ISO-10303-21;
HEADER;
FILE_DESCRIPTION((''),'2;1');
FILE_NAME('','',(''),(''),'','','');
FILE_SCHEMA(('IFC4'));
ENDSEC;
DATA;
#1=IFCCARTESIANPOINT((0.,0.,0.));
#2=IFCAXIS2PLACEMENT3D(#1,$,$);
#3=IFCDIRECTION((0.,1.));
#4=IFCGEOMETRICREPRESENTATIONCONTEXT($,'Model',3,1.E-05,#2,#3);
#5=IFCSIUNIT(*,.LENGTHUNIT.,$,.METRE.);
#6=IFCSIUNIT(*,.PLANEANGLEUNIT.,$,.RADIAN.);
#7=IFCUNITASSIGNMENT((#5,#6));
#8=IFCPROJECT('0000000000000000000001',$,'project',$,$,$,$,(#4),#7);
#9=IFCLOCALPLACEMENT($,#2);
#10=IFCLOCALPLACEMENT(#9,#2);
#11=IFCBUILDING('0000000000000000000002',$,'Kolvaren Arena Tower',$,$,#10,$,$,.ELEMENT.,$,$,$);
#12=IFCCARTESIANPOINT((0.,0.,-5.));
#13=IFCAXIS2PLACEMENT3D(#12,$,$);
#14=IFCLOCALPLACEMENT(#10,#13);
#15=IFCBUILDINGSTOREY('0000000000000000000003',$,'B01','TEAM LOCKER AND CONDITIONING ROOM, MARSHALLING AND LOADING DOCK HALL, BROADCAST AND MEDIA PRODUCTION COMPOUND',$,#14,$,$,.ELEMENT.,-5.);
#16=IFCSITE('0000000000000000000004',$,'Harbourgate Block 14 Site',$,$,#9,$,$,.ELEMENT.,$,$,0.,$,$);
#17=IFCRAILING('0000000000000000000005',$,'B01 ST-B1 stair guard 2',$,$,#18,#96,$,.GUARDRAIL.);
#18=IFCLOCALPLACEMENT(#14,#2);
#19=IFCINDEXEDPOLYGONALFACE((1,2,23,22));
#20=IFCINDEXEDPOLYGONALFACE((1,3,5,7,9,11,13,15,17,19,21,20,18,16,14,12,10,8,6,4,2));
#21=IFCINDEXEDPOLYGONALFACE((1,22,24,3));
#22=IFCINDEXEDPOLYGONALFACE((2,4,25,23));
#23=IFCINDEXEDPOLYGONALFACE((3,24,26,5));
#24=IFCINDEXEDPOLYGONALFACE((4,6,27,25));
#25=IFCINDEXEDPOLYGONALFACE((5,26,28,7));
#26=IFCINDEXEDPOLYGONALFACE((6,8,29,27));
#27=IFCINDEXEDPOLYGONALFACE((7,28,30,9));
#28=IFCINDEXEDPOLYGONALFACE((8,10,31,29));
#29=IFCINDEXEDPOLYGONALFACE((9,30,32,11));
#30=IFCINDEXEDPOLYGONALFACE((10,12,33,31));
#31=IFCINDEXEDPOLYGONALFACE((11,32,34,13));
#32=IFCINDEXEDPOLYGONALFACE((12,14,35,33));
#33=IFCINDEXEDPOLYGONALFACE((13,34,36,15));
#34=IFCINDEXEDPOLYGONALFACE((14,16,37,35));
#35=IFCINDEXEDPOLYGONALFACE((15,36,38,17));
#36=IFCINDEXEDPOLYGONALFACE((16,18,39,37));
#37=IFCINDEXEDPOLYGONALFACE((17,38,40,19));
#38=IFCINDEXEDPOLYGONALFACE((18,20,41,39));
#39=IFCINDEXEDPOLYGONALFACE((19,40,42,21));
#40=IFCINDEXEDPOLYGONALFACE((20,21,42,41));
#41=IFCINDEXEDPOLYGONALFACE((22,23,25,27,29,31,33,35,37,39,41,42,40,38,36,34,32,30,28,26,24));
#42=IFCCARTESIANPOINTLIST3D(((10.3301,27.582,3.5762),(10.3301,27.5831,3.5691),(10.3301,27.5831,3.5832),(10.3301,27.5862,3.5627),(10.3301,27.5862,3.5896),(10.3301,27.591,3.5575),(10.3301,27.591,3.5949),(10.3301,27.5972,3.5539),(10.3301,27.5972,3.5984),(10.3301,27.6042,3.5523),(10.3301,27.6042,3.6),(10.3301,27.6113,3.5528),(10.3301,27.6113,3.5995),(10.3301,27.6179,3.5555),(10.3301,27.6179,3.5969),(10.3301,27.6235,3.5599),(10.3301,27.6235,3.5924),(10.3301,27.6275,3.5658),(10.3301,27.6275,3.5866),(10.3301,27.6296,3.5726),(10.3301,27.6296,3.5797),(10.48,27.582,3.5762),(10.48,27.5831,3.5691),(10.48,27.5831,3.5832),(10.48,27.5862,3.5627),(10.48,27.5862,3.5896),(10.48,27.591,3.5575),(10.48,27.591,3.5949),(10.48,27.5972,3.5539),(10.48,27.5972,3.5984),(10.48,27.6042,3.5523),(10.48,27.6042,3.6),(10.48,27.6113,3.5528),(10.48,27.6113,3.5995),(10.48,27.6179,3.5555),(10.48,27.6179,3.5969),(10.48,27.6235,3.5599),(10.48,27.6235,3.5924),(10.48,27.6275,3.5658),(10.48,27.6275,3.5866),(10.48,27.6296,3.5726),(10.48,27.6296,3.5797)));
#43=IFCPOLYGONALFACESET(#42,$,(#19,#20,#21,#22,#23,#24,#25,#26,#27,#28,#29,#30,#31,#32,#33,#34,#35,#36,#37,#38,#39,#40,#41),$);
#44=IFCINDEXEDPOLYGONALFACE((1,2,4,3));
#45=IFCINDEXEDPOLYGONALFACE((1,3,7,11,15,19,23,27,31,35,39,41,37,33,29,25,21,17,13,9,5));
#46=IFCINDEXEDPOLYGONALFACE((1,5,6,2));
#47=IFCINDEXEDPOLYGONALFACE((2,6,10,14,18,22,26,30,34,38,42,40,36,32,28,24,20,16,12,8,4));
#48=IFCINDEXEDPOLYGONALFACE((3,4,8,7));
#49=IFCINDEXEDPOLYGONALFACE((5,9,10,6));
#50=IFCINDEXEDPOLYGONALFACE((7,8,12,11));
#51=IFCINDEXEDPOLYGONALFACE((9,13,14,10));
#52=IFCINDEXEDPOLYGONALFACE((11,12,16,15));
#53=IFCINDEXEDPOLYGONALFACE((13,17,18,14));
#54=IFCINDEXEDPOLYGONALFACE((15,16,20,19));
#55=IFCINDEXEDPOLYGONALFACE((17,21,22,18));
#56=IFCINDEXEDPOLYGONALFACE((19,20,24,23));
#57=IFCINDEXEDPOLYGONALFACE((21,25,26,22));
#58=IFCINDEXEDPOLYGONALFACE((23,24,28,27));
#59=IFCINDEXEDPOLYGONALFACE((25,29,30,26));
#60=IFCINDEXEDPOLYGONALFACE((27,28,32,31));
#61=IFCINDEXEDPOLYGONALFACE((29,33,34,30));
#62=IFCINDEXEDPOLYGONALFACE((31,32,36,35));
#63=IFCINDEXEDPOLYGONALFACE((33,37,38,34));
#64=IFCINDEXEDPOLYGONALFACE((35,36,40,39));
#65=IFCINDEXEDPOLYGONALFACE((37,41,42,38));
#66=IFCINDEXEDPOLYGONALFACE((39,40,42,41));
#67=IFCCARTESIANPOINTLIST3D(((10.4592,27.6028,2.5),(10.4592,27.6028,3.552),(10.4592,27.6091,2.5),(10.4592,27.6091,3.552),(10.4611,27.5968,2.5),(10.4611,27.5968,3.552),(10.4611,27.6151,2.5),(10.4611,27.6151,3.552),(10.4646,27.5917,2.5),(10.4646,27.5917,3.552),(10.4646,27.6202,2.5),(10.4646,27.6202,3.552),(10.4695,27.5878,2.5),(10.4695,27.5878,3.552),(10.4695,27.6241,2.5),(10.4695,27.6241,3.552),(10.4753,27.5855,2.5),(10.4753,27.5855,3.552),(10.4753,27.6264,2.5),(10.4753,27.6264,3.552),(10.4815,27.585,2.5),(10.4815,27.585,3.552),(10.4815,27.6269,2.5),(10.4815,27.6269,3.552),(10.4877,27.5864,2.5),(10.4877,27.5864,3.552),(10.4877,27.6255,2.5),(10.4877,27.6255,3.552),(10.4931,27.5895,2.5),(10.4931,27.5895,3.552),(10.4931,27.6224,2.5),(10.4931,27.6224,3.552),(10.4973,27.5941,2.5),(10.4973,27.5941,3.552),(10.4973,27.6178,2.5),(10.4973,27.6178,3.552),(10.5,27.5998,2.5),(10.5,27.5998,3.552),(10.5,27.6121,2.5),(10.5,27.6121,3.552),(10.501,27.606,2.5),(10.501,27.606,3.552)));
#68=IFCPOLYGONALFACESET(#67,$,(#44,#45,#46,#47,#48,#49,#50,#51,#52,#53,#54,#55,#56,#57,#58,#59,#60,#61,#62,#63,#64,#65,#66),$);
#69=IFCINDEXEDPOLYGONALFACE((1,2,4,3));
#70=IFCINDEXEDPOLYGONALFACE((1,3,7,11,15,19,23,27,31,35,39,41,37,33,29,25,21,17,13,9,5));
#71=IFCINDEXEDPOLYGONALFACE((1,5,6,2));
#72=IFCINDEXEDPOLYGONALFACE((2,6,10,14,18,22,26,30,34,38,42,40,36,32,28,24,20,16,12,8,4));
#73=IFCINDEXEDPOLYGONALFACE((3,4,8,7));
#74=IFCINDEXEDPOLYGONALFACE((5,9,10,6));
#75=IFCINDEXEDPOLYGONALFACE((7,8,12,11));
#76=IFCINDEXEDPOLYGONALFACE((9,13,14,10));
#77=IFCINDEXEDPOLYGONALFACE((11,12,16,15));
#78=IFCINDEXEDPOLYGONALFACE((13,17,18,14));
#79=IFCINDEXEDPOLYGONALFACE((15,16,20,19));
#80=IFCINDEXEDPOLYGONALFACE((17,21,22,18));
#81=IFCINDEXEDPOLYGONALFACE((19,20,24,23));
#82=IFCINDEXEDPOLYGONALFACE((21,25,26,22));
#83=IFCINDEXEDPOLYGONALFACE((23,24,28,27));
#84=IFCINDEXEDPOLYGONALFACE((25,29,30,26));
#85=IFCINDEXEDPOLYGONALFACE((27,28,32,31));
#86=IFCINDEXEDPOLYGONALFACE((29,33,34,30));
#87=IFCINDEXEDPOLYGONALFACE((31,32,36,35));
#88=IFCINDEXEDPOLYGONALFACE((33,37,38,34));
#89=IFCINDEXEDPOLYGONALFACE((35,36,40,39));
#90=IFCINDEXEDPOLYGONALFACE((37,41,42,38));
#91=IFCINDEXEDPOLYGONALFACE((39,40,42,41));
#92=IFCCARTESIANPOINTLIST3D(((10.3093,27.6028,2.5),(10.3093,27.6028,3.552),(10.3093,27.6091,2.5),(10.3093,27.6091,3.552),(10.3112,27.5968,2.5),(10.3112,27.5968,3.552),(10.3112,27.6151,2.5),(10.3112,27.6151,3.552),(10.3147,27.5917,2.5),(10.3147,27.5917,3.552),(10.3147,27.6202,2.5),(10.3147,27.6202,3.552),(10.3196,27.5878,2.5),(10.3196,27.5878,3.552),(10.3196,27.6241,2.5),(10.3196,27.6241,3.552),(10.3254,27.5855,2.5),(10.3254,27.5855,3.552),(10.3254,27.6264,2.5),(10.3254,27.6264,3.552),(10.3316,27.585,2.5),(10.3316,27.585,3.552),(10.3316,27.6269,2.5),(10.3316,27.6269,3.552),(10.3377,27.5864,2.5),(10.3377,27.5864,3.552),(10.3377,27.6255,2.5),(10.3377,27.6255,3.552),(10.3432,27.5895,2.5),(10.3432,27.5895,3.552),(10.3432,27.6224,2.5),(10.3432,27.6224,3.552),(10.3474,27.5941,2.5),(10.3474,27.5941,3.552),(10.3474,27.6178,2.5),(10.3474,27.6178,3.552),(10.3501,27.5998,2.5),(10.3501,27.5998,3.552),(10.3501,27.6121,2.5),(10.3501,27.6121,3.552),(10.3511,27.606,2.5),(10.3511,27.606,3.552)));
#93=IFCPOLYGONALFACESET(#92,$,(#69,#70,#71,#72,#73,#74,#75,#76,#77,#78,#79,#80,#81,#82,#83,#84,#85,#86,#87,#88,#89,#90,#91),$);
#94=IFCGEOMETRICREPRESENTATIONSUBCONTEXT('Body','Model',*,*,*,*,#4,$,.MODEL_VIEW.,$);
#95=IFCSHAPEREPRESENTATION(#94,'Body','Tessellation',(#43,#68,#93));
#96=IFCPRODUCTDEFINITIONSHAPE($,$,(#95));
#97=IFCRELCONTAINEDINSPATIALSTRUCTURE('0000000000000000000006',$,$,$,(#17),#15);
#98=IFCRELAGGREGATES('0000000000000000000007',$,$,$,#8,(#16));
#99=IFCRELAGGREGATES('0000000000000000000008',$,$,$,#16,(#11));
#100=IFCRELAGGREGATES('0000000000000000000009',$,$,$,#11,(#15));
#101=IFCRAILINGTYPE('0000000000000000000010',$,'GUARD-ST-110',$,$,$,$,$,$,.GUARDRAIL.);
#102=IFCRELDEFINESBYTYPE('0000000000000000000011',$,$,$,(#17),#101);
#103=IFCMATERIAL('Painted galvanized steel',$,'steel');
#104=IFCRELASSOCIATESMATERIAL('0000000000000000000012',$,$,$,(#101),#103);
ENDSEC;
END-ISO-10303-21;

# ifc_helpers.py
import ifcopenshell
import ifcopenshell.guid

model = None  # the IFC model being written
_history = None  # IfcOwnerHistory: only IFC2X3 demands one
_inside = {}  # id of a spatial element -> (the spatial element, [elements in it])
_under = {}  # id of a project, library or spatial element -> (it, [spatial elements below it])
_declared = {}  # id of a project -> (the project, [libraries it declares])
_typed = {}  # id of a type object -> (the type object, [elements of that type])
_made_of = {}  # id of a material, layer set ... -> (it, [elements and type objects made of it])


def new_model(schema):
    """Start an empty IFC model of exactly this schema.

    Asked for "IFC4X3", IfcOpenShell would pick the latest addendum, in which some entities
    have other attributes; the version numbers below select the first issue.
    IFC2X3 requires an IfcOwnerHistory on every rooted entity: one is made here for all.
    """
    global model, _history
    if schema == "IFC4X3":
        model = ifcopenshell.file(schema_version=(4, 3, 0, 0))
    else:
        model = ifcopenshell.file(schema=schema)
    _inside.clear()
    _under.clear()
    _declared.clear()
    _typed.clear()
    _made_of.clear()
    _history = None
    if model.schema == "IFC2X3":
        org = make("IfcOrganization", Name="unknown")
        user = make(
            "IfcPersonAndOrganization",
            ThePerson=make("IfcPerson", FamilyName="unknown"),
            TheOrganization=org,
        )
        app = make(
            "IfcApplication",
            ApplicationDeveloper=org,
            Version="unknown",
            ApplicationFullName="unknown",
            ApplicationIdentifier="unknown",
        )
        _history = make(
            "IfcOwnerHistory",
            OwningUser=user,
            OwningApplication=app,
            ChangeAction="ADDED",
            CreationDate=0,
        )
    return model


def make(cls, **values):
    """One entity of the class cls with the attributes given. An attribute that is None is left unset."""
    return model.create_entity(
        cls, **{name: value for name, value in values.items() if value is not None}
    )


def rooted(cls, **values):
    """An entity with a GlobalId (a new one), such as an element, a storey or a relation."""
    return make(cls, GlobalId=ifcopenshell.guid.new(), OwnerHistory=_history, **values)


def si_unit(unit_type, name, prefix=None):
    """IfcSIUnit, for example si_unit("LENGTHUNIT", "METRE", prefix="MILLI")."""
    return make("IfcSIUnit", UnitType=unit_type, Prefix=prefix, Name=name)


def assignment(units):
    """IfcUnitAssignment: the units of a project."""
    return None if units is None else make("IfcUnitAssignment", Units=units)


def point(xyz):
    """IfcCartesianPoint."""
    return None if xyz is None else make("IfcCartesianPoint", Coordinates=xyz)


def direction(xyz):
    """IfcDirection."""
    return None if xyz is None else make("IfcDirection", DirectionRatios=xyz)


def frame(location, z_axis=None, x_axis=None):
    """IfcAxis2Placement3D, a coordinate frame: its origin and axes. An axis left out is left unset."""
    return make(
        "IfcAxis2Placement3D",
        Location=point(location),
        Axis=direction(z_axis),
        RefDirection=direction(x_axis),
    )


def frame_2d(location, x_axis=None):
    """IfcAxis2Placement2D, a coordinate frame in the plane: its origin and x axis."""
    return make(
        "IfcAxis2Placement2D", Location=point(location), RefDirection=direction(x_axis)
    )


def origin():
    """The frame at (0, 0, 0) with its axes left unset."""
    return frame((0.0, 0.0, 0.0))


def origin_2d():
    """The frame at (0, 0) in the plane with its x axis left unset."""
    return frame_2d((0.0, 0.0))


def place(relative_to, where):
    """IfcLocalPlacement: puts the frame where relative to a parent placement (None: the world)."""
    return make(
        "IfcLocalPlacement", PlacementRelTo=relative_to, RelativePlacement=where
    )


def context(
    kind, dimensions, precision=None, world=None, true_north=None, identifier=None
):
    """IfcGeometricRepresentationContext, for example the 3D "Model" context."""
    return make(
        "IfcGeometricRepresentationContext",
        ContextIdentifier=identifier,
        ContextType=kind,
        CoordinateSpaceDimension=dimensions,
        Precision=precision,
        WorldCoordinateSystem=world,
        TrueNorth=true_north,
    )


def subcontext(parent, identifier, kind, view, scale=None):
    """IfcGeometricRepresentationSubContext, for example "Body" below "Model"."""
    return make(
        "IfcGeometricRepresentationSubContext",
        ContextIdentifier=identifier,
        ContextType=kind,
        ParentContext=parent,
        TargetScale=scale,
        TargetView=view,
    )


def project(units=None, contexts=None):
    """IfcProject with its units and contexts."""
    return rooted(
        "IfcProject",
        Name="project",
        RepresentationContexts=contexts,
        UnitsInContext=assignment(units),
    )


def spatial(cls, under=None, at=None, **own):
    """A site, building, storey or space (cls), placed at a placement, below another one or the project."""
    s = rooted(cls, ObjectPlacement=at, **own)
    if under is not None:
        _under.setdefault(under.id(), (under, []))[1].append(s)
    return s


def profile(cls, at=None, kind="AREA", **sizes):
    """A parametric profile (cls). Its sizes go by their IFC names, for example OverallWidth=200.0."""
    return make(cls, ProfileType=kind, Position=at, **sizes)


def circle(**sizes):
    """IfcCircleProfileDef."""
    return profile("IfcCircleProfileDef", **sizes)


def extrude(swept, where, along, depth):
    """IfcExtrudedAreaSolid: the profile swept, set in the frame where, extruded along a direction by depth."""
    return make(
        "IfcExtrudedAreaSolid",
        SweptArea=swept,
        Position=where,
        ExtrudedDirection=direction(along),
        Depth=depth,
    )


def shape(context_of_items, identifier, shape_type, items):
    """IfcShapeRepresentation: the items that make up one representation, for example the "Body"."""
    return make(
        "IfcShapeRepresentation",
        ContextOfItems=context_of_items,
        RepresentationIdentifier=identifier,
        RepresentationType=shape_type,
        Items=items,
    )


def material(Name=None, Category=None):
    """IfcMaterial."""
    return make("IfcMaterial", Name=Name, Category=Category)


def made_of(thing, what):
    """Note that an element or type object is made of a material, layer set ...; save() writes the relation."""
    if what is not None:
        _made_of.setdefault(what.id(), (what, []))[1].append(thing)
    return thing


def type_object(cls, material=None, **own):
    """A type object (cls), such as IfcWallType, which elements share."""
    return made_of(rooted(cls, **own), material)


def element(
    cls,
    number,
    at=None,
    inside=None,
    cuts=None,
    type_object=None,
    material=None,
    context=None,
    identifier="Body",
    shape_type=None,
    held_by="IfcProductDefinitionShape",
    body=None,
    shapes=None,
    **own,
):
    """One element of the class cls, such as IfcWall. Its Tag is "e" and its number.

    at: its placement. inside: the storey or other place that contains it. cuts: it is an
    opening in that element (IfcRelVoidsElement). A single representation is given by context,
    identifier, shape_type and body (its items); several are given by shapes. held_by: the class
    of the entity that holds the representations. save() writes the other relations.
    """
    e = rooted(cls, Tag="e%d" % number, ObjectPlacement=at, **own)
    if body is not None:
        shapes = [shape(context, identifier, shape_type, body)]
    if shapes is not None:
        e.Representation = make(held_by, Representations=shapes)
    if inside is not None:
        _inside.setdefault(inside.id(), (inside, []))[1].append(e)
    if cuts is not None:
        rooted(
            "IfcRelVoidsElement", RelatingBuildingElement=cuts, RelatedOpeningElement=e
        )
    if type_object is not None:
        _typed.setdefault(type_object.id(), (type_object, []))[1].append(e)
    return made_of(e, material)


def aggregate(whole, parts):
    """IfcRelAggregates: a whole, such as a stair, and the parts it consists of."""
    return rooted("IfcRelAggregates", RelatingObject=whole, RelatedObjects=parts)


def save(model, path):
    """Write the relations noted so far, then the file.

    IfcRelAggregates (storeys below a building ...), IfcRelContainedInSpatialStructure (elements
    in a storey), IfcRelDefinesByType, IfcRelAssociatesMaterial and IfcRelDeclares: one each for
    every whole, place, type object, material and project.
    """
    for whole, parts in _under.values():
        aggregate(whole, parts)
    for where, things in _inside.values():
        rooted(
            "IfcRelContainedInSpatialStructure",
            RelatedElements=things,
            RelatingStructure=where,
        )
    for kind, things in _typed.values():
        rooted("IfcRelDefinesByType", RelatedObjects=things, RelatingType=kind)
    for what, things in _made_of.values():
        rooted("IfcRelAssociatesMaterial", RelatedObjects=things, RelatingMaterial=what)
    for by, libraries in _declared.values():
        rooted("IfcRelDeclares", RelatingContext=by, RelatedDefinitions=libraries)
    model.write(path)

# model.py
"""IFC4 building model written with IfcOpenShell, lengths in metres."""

from ifc_helpers import new_model, si_unit, direction, frame, origin, origin_2d, place, context, subcontext, project, spatial, circle, extrude, material, type_object, element, save


model = new_model("IFC4")

# Units and contexts
model_context = context("Model", 3, precision=1e-05, world=origin(), true_north=direction((0.0, 1.0)))
body_context = subcontext(model_context, "Body", "Model", "MODEL_VIEW")
ifc_project = project(units=[si_unit("LENGTHUNIT", "METRE"), si_unit("PLANEANGLEUNIT", "RADIAN")], contexts=[model_context])

# Site, building, storey
site_placement = place(None, origin())
site = spatial("IfcSite", under=ifc_project, at=site_placement, Name="Harbourgate Block 14 Site", CompositionType="ELEMENT", RefElevation=0.0)
building_placement = place(site_placement, origin())
building = spatial("IfcBuilding", under=site, at=building_placement, Name="Kolvaren Arena Tower", CompositionType="ELEMENT")
storey_placement = place(building_placement, frame((0.0, 0.0, -5.0)))
storey = spatial("IfcBuildingStorey", under=building, at=storey_placement, Name="B01", Description="TEAM LOCKER AND CONDITIONING ROOM, MARSHALLING AND LOADING DOCK HALL, BROADCAST AND MEDIA PRODUCTION COMPOUND", CompositionType="ELEMENT", Elevation=-5.0)

# Railing
ifc_material_1 = material(Name="Painted galvanized steel", Category="steel")
railing_type_1 = type_object("IfcRailingType", Name="GUARD-ST-110", PredefinedType="GUARDRAIL", material=ifc_material_1)
railing_1_placement = place(storey_placement, frame((10.48, 27.606, 2.5)))
element("IfcRailing", 1, at=railing_1_placement, inside=storey, type_object=railing_type_1, Name="B01 ST-B1 stair guard 2", PredefinedType="GUARDRAIL", context=body_context, shape_type="SweptSolid", body=[
    extrude(circle(Radius=0.0239, at=origin_2d()), frame((0.0, 0.0, 1.0762), z_axis=(-1.0, 0.0, 0.0), x_axis=(0.0, -1.0, 0.0)), (0.0, 0.0, 1.0), 0.1499),
    extrude(circle(Radius=0.021, at=origin_2d()), origin(), (0.0, 0.0, 1.0), 1.052),
    extrude(circle(Radius=0.021, at=origin_2d()), frame((-0.1499, 0.0, 0.0)), (0.0, 0.0, 1.0), 1.052),
])

save(model, "model.ifc")
